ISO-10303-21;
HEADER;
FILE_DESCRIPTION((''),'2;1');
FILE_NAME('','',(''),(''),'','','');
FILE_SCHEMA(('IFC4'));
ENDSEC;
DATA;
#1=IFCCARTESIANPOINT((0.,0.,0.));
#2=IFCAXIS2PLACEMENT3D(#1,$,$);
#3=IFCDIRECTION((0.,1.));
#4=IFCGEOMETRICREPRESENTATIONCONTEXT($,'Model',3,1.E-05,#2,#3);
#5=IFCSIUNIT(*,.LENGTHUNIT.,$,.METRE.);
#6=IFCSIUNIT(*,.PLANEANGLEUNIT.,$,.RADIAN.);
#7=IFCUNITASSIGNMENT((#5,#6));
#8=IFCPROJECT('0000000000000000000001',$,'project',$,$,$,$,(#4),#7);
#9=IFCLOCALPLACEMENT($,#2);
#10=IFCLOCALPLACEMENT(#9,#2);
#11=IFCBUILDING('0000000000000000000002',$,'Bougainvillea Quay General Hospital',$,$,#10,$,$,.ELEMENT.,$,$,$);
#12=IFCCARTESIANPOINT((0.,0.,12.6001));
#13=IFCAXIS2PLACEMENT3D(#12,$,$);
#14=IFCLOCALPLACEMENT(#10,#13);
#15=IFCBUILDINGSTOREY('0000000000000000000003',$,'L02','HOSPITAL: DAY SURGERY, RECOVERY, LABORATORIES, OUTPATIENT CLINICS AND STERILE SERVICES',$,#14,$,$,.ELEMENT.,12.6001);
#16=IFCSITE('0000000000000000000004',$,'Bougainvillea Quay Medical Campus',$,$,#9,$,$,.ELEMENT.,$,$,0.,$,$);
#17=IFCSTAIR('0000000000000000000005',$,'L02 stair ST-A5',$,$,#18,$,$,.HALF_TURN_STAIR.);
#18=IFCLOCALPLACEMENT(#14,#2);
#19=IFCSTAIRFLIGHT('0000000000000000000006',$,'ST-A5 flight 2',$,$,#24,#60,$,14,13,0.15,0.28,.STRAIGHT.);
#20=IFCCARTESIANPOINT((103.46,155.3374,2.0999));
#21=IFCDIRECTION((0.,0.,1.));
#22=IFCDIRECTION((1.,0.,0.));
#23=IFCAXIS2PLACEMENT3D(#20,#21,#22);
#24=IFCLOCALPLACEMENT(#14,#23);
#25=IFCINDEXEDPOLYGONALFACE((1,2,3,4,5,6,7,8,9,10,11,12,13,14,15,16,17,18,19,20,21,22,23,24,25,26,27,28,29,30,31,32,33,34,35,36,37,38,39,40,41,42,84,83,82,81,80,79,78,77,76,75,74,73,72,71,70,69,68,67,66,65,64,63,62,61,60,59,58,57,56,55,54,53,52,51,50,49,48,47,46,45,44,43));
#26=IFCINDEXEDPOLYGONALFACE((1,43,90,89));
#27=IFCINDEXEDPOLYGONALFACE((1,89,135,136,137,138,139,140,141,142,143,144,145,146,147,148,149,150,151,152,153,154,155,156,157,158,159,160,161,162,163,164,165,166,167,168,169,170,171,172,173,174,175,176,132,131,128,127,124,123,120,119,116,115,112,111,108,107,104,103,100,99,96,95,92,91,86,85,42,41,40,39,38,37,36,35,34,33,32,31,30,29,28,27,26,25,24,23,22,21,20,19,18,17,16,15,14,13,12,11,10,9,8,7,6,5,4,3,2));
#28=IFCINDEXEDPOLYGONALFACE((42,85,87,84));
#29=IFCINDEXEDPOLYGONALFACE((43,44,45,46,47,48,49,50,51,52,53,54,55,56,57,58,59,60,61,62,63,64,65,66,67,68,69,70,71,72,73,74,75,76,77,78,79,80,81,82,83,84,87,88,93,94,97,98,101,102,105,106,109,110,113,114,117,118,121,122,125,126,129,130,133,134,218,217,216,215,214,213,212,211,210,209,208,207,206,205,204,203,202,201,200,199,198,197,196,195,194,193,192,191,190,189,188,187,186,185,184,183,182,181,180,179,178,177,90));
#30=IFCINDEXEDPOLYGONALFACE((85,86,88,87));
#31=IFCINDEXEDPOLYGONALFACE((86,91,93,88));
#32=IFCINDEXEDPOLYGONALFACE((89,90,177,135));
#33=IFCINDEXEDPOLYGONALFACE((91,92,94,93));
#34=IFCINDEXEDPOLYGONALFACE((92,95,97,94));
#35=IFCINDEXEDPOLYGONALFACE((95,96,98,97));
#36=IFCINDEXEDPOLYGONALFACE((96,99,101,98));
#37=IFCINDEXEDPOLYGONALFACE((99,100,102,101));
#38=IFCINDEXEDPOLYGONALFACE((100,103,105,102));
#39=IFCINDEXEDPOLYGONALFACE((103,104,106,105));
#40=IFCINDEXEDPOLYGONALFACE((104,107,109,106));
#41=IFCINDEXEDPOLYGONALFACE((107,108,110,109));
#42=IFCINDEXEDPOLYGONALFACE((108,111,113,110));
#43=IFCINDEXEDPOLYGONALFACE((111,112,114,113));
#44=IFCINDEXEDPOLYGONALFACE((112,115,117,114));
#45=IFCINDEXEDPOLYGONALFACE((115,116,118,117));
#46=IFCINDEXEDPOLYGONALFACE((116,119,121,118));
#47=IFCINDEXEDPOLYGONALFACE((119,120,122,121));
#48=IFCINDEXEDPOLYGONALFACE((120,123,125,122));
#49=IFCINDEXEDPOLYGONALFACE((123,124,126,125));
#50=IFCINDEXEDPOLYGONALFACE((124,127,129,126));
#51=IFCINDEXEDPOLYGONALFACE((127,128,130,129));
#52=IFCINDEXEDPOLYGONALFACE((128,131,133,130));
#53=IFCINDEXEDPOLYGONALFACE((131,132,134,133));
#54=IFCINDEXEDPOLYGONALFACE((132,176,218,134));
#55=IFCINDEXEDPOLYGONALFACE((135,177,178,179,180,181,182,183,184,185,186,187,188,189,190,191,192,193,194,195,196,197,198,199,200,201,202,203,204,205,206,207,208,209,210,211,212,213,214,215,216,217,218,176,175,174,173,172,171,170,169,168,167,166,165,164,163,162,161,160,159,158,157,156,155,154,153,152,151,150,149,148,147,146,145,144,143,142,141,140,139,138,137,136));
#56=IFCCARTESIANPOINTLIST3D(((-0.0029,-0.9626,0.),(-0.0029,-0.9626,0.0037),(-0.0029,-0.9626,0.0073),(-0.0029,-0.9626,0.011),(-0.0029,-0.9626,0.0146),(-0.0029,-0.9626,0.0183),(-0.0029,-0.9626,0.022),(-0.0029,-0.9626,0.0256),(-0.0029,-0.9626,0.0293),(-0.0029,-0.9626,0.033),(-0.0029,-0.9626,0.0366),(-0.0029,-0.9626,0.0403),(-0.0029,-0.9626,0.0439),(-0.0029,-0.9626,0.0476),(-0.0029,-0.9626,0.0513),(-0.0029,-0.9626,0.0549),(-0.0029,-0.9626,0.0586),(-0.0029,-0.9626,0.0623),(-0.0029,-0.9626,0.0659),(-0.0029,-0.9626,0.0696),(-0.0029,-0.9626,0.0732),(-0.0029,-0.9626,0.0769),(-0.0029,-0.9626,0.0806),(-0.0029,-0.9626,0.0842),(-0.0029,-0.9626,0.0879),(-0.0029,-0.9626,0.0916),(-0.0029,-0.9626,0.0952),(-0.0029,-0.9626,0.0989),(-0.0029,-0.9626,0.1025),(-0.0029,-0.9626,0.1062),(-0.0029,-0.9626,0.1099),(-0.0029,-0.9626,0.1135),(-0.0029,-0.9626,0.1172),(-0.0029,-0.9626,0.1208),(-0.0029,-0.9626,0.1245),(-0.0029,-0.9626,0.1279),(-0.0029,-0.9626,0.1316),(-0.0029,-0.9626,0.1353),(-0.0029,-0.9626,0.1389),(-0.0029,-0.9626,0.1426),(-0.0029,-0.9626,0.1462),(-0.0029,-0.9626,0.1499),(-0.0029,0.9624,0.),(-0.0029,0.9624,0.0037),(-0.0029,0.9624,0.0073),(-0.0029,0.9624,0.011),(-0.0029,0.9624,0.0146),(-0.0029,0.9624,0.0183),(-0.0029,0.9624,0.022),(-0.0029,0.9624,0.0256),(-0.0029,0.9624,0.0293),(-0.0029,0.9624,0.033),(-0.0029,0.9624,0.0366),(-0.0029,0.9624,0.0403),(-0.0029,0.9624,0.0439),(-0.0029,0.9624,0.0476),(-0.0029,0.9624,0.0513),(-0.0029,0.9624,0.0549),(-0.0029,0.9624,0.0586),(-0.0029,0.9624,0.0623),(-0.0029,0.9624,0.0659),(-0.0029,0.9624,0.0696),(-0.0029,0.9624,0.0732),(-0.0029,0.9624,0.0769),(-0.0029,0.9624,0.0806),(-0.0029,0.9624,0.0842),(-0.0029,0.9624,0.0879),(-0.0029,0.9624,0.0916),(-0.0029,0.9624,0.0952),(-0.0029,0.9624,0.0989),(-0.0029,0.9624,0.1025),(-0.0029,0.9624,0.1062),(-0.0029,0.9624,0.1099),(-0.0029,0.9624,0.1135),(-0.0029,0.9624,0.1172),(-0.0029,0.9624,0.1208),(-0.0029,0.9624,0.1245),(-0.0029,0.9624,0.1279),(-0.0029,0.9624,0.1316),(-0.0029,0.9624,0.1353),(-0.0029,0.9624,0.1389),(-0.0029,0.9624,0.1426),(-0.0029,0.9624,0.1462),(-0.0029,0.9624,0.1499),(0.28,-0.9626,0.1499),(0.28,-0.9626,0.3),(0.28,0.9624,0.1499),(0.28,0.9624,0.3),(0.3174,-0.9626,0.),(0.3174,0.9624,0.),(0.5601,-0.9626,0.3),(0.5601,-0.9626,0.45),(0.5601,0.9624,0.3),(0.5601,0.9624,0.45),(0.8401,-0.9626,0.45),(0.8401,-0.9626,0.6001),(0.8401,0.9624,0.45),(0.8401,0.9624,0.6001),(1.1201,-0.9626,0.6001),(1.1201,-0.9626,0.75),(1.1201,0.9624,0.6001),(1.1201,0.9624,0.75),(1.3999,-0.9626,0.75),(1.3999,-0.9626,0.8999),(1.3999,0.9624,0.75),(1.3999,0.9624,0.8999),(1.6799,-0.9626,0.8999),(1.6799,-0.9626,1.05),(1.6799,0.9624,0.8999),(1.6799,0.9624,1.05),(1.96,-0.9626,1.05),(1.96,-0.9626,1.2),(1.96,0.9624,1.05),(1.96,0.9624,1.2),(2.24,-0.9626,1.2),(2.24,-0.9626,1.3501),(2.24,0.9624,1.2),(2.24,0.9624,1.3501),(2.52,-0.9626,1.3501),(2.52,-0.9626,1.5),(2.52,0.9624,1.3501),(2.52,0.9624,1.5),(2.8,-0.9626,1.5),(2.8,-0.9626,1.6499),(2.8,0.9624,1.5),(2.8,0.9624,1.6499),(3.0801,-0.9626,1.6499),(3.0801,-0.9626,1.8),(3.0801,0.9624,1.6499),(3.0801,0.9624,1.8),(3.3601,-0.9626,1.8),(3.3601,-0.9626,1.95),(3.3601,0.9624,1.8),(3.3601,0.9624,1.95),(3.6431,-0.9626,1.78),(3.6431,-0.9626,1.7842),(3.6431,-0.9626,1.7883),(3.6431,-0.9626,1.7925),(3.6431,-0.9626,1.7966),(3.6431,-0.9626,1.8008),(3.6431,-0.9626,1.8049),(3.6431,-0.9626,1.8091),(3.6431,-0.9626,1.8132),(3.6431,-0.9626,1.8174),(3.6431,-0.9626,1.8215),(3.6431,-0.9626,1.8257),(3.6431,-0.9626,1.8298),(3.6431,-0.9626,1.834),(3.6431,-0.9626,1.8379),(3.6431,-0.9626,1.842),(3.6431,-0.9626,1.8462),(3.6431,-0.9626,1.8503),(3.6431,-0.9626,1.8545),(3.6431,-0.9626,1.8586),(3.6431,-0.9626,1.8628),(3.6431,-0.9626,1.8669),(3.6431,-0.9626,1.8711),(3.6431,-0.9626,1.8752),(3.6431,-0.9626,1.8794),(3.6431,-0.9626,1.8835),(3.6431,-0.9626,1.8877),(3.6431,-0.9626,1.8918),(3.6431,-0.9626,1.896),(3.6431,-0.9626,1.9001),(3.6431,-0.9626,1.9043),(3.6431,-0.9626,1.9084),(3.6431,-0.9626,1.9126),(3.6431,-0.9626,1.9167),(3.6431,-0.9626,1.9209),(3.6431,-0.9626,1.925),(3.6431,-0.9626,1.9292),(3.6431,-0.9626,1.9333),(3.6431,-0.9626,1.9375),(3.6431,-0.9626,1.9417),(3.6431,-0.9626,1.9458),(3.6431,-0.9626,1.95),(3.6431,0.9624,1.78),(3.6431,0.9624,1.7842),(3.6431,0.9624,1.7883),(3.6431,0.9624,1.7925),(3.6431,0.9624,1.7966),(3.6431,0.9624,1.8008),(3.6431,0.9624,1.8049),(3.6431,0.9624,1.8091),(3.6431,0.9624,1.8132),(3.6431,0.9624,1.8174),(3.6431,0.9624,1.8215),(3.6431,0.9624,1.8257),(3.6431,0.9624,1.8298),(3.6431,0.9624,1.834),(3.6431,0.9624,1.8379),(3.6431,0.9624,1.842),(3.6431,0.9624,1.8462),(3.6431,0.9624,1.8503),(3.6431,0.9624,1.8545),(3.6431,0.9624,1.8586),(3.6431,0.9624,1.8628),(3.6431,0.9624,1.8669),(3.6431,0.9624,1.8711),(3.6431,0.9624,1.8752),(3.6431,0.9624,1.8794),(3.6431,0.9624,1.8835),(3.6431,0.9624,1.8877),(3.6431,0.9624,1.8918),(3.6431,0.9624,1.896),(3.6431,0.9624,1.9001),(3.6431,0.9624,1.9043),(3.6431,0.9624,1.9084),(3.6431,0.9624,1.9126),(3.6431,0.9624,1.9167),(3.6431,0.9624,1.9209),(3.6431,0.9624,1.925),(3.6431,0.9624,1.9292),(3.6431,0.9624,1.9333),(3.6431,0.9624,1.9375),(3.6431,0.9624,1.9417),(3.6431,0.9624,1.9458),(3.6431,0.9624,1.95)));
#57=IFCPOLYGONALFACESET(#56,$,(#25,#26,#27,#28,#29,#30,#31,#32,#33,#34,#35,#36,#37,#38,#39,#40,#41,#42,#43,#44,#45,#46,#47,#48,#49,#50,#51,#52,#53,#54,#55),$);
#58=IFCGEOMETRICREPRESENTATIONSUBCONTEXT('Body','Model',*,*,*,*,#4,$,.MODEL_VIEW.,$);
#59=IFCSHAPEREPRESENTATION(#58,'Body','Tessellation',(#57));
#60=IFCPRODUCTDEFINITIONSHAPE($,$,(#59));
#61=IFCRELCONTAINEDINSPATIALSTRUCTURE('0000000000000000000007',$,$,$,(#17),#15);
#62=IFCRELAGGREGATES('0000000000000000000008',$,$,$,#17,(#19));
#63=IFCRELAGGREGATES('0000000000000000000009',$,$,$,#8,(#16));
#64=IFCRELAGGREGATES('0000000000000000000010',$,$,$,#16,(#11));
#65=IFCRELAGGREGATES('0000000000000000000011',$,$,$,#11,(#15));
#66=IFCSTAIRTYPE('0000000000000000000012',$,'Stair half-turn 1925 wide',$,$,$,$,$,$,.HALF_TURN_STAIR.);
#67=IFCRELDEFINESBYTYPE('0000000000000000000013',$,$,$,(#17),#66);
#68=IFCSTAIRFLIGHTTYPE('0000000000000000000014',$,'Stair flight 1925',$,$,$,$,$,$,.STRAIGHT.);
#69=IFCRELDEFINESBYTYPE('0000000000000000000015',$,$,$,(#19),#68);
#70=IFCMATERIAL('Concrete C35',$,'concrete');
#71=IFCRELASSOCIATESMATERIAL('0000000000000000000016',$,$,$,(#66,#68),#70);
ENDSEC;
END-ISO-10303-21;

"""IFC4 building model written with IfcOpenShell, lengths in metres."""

from ifc_helpers import new_model, si_unit, direction, frame, origin, place, context, subcontext, project, spatial, polyline, outline, extrude, material, type_object, element, aggregate, save


model = new_model("IFC4")

# Units and contexts
model_context = context("Model", 3, precision=1e-05, world=origin(), true_north=direction((0.0, 1.0)))
body_context = subcontext(model_context, "Body", "Model", "MODEL_VIEW")
ifc_project = project(units=[si_unit("LENGTHUNIT", "METRE"), si_unit("PLANEANGLEUNIT", "RADIAN")], contexts=[model_context])

# Site, building, storey
site_placement = place(None, origin())
site = spatial("IfcSite", under=ifc_project, at=site_placement, Name="Bougainvillea Quay Medical Campus", CompositionType="ELEMENT", RefElevation=0.0)
building_placement = place(site_placement, origin())
building = spatial("IfcBuilding", under=site, at=building_placement, Name="Bougainvillea Quay General Hospital", CompositionType="ELEMENT")
storey_placement = place(building_placement, frame((0.0, 0.0, 12.6001)))
storey = spatial("IfcBuildingStorey", under=building, at=storey_placement, Name="L02", Description="HOSPITAL: DAY SURGERY, RECOVERY, LABORATORIES, OUTPATIENT CLINICS AND STERILE SERVICES", CompositionType="ELEMENT", Elevation=12.6001)

# Stair, stair flight
ifc_material_1 = material(Name="Concrete C35", Category="concrete")
stair_type = type_object("IfcStairType", Name="Stair half-turn 1925 wide", PredefinedType="HALF_TURN_STAIR", material=ifc_material_1)
stair_placement = place(storey_placement, origin())
stair = element("IfcStair", 1, at=stair_placement, inside=storey, type_object=stair_type, Name="L02 stair ST-A5", PredefinedType="HALF_TURN_STAIR")
stair_flight_type = type_object("IfcStairFlightType", Name="Stair flight 1925", PredefinedType="STRAIGHT", material=ifc_material_1)
stair_flight_1_placement = place(storey_placement, frame((103.46, 155.3374, 2.0999), z_axis=(0.0, 0.0, 1.0), x_axis=(1.0, 0.0, 0.0)))
stair_flight_1 = element("IfcStairFlight", 2, at=stair_flight_1_placement, type_object=stair_flight_type, Name="ST-A5 flight 2", NumberOfRisers=14, NumberOfTreads=13, PredefinedType="STRAIGHT", RiserHeight=0.15, TreadLength=0.28, context=body_context, shape_type="SweptSolid", body=[
    extrude(outline(polyline([(-0.0029, 0.0), (-0.0029, 0.0037), (-0.0029, 0.0073), (-0.0029, 0.011), (-0.0029, 0.0146), (-0.0029, 0.0183), (-0.0029, 0.022), (-0.0029, 0.0256), (-0.0029, 0.0293), (-0.0029, 0.033), (-0.0029, 0.0366), (-0.0029, 0.0403), (-0.0029, 0.0439), (-0.0029, 0.0476), (-0.0029, 0.0513), (-0.0029, 0.0549), (-0.0029, 0.0586), (-0.0029, 0.0623), (-0.0029, 0.0659), (-0.0029, 0.0696), (-0.0029, 0.0732), (-0.0029, 0.0769), (-0.0029, 0.0806), (-0.0029, 0.0842), (-0.0029, 0.0879), (-0.0029, 0.0916), (-0.0029, 0.0952), (-0.0029, 0.0989), (-0.0029, 0.1025), (-0.0029, 0.1062), (-0.0029, 0.1099), (-0.0029, 0.1135), (-0.0029, 0.1172), (-0.0029, 0.1208), (-0.0029, 0.1245), (-0.0029, 0.1279), (-0.0029, 0.1316), (-0.0029, 0.1353), (-0.0029, 0.1389), (-0.0029, 0.1426), (-0.0029, 0.1462), (-0.0029, 0.1499), (0.28, 0.1499), (0.28, 0.3), (0.5601, 0.3), (0.5601, 0.45), (0.8401, 0.45), (0.8401, 0.6001), (1.1201, 0.6001), (1.1201, 0.75), (1.3999, 0.75), (1.3999, 0.8999), (1.6799, 0.8999), (1.6799, 1.05), (1.96, 1.05), (1.96, 1.2), (2.24, 1.2), (2.24, 1.3501), (2.52, 1.3501), (2.52, 1.5), (2.8, 1.5), (2.8, 1.6499), (3.0801, 1.6499), (3.0801, 1.8), (3.3601, 1.8), (3.3601, 1.95), (3.6431, 1.95), (3.6431, 1.9458), (3.6431, 1.9417), (3.6431, 1.9375), (3.6431, 1.9333), (3.6431, 1.9292), (3.6431, 1.925), (3.6431, 1.9209), (3.6431, 1.9167), (3.6431, 1.9126), (3.6431, 1.9084), (3.6431, 1.9043), (3.6431, 1.9001), (3.6431, 1.896), (3.6431, 1.8918), (3.6431, 1.8877), (3.6431, 1.8835), (3.6431, 1.8794), (3.6431, 1.8752), (3.6431, 1.8711), (3.6431, 1.8669), (3.6431, 1.8628), (3.6431, 1.8586), (3.6431, 1.8545), (3.6431, 1.8503), (3.6431, 1.8462), (3.6431, 1.842), (3.6431, 1.8379), (3.6431, 1.834), (3.6431, 1.8298), (3.6431, 1.8257), (3.6431, 1.8215), (3.6431, 1.8174), (3.6431, 1.8132), (3.6431, 1.8091), (3.6431, 1.8049), (3.6431, 1.8008), (3.6431, 1.7966), (3.6431, 1.7925), (3.6431, 1.7883), (3.6431, 1.7842), (3.6431, 1.78), (0.3174, 0.0), (-0.0029, 0.0)])), frame((0.0, 0.9624, 0.0), z_axis=(0.0, -1.0, 0.0), x_axis=(1.0, 0.0, 0.0)), (0.0, 0.0, 1.0), 1.925),
])
aggregate(stair, [stair_flight_1])

save(model, "model.ifc")
